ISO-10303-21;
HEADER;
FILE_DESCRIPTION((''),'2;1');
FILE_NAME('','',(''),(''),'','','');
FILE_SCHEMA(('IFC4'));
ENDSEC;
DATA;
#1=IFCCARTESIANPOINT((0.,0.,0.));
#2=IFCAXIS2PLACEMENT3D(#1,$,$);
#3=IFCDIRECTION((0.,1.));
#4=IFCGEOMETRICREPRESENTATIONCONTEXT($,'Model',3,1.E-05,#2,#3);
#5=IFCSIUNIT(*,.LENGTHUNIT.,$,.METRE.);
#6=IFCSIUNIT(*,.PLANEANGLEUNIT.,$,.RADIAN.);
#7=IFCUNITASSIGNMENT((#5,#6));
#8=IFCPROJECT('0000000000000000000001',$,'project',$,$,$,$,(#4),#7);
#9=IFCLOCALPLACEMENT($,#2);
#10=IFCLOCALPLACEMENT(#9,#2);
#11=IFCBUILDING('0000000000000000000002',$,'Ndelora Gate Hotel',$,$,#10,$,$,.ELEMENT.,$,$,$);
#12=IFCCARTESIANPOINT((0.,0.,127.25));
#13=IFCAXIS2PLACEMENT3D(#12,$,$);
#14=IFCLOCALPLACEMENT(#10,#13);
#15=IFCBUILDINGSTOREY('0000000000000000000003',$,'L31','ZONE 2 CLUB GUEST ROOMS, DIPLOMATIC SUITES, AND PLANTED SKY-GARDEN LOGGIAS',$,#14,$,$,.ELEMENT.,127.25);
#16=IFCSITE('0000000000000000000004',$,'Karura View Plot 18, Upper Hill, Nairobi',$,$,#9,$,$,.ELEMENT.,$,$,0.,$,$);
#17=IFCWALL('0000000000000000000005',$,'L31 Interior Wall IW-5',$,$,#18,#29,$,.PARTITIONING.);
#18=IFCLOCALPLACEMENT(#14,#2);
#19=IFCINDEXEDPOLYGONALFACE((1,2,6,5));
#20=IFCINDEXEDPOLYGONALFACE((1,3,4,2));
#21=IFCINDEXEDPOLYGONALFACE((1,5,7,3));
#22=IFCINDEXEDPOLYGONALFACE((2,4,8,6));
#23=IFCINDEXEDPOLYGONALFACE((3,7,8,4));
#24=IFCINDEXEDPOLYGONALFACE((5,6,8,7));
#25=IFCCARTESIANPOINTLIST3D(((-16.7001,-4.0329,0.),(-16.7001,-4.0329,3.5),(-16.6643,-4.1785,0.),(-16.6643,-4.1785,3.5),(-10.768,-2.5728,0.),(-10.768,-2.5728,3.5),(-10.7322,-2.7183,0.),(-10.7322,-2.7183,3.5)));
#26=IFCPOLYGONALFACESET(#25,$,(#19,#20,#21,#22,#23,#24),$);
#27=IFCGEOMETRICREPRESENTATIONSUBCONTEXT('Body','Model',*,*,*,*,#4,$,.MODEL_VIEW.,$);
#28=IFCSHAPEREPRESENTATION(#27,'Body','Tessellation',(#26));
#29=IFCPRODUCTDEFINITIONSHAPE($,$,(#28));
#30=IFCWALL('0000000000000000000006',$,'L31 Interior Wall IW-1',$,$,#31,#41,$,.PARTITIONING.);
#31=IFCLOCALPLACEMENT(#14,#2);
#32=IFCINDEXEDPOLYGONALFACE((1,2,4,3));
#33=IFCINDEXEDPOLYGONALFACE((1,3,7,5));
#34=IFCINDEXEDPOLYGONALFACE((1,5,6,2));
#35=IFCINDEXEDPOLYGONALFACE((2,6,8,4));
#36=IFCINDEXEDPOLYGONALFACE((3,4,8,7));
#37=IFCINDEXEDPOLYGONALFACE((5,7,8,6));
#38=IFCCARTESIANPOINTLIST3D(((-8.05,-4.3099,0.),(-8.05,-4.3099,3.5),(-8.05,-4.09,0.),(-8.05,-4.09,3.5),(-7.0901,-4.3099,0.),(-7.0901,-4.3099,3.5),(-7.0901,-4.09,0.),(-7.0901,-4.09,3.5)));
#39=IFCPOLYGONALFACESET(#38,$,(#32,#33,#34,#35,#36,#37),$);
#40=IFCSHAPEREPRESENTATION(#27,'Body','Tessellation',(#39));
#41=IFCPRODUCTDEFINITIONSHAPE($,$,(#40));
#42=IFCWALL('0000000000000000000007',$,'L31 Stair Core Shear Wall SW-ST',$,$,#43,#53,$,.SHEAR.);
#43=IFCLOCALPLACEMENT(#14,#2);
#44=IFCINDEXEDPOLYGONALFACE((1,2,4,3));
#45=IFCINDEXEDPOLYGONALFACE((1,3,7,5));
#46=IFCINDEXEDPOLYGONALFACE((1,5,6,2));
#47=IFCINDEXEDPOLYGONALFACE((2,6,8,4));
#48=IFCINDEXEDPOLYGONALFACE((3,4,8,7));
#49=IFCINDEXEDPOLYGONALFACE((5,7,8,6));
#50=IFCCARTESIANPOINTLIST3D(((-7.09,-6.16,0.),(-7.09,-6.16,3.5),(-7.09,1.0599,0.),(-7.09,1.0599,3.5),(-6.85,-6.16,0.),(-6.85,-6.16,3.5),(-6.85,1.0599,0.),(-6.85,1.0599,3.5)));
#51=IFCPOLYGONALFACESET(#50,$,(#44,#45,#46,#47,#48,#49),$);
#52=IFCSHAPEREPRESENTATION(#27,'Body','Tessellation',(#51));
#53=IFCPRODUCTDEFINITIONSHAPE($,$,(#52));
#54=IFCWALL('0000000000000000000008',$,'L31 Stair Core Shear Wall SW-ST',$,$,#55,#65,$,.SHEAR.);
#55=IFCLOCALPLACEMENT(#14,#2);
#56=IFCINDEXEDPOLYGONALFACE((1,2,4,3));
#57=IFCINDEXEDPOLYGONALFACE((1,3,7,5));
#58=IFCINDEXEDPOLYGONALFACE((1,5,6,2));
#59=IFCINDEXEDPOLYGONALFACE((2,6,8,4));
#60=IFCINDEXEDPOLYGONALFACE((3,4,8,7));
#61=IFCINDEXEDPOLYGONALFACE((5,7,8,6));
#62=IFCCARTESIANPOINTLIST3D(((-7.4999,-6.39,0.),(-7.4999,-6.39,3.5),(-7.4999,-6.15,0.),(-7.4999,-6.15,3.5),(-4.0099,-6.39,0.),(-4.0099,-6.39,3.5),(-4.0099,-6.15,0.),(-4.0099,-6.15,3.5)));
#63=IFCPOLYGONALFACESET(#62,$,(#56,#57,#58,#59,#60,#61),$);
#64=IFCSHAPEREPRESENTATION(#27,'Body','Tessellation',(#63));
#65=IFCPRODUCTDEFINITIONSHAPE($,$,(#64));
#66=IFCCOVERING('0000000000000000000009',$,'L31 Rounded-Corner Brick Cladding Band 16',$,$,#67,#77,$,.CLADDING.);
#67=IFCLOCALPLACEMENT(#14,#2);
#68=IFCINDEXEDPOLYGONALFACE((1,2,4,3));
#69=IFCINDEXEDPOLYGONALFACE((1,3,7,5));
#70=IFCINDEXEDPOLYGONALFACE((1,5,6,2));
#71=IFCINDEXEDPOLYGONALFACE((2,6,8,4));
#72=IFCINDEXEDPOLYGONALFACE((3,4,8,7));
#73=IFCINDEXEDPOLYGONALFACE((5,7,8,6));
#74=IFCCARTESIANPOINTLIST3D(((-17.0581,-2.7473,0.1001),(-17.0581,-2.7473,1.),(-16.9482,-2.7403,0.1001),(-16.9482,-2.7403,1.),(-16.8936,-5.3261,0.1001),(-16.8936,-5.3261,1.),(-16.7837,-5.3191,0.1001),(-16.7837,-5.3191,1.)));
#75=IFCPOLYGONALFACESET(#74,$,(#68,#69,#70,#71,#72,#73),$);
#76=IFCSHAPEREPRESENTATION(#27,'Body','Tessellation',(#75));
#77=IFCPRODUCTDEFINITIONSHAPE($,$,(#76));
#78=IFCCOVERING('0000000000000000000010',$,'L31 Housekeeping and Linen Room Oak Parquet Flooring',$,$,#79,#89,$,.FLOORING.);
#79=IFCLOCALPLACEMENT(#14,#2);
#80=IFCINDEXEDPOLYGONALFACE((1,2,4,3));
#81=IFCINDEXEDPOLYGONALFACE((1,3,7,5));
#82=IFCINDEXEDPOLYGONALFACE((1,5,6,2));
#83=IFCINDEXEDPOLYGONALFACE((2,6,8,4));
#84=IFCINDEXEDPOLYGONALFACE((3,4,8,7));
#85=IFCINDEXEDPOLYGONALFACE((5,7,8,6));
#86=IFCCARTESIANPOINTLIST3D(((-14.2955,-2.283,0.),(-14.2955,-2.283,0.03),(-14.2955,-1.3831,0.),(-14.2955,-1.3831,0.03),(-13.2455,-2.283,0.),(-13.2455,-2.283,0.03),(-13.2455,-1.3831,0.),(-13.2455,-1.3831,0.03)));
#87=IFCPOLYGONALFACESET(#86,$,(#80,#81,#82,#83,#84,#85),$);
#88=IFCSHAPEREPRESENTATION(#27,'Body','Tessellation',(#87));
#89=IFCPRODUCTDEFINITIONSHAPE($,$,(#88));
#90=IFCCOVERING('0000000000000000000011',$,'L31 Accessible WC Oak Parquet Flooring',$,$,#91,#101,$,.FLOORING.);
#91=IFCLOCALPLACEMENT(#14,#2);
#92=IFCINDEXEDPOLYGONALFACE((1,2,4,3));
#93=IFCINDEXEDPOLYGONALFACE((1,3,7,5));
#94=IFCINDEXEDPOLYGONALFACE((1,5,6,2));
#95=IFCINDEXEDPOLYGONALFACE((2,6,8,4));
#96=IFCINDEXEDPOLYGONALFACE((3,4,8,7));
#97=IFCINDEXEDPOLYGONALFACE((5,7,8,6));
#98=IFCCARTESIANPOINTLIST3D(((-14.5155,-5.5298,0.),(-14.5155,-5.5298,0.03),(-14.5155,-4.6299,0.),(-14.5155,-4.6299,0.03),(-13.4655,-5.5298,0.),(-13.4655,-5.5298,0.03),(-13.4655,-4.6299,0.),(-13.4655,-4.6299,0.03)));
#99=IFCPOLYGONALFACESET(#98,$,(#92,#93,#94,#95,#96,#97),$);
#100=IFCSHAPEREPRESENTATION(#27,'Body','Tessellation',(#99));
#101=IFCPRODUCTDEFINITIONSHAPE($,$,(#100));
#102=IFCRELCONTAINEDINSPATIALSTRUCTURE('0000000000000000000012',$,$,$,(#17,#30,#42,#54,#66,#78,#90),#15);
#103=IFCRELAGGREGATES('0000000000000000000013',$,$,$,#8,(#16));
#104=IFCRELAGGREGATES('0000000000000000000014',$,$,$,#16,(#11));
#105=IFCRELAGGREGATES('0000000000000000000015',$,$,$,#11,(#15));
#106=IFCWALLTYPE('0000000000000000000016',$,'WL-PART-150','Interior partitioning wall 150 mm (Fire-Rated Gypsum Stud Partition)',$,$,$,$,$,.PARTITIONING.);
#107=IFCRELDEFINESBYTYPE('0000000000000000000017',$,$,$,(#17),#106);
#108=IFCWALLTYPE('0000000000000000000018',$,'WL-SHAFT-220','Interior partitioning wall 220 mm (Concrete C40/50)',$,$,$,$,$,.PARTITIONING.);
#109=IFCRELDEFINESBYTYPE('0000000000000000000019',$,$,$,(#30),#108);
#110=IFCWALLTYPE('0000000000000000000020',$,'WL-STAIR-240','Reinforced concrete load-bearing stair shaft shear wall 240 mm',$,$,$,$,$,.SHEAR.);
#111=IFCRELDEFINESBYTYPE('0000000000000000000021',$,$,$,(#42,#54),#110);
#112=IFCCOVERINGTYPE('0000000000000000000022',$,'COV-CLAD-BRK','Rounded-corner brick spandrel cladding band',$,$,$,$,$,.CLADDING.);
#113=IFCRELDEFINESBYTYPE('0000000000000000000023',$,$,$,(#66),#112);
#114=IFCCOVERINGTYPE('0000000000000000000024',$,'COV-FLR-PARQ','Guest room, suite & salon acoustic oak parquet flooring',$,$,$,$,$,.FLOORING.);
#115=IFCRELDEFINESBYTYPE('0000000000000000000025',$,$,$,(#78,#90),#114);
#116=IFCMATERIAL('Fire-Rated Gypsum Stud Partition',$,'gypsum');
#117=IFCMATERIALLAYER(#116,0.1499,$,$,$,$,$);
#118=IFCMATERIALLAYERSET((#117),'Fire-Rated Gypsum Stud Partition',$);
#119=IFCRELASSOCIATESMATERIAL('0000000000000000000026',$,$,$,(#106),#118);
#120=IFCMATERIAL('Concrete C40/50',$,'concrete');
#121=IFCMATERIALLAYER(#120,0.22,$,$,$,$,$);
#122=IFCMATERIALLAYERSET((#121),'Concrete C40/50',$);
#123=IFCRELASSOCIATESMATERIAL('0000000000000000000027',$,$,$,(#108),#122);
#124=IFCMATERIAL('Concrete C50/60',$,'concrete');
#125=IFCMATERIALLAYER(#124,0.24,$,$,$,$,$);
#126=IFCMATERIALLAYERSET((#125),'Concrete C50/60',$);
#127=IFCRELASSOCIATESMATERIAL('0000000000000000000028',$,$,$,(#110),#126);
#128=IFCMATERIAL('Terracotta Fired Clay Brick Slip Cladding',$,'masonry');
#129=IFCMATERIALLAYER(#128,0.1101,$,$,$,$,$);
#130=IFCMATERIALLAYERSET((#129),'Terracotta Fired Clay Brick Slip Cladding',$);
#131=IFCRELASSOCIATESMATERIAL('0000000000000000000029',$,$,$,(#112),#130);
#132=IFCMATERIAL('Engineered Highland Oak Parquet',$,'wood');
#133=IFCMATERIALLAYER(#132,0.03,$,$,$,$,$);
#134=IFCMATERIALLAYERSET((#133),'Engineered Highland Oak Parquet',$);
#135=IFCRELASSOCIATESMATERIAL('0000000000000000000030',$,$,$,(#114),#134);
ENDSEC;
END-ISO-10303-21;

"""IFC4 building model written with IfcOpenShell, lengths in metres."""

from ifc_helpers import new_model, si_unit, direction, frame, frame_2d, origin, origin_2d, place, context, subcontext, project, spatial, rectangle, extrude, material, layer, layer_set, type_object, element, save


model = new_model("IFC4")

# Units and contexts
model_context = context("Model", 3, precision=1e-05, world=origin(), true_north=direction((0.0, 1.0)))
body_context = subcontext(model_context, "Body", "Model", "MODEL_VIEW")
ifc_project = project(units=[si_unit("LENGTHUNIT", "METRE"), si_unit("PLANEANGLEUNIT", "RADIAN")], contexts=[model_context])

# Site, building, storey
site_placement = place(None, origin())
site = spatial("IfcSite", under=ifc_project, at=site_placement, Name="Karura View Plot 18, Upper Hill, Nairobi", CompositionType="ELEMENT", RefElevation=0.0)
building_placement = place(site_placement, origin())
building = spatial("IfcBuilding", under=site, at=building_placement, Name="Ndelora Gate Hotel", CompositionType="ELEMENT")
storey_placement = place(building_placement, frame((0.0, 0.0, 127.25)))
storey = spatial("IfcBuildingStorey", under=building, at=storey_placement, Name="L31", Description="ZONE 2 CLUB GUEST ROOMS, DIPLOMATIC SUITES, AND PLANTED SKY-GARDEN LOGGIAS", CompositionType="ELEMENT", Elevation=127.25)

# Shared definitions
ifc_material_1 = material(Name="Fire-Rated Gypsum Stud Partition", Category="gypsum")
ifc_layer_1 = layer(ifc_material_1, 0.1499)
ifc_layer_set_1 = layer_set([ifc_layer_1], Name="Fire-Rated Gypsum Stud Partition")
wall_type_1 = type_object("IfcWallType", Name="WL-PART-150", Description="Interior partitioning wall 150 mm (Fire-Rated Gypsum Stud Partition)", PredefinedType="PARTITIONING", material=ifc_layer_set_1)

# Walls
wall_1_placement = place(storey_placement, frame((-10.75, -2.6455, 0.0), z_axis=(0.0, 0.0, 1.0), x_axis=(-0.971015, -0.239017, 0.0)))
element("IfcWall", 1, at=wall_1_placement, inside=storey, type_object=wall_type_1, Name="L31 Interior Wall IW-5", PredefinedType="PARTITIONING", context=body_context, shape_type="SweptSolid", body=[
    extrude(rectangle(XDim=6.1091, YDim=0.1499, at=frame_2d((3.0547, 0.0))), origin(), (0.0, 0.0, 1.0), 3.5),
])
ifc_material_2 = material(Name="Concrete C40/50", Category="concrete")
ifc_layer_2 = layer(ifc_material_2, 0.22)
ifc_layer_set_2 = layer_set([ifc_layer_2], Name="Concrete C40/50")
wall_type_2 = type_object("IfcWallType", Name="WL-SHAFT-220", Description="Interior partitioning wall 220 mm (Concrete C40/50)", PredefinedType="PARTITIONING", material=ifc_layer_set_2)
wall_2_placement = place(storey_placement, frame((-8.05, -4.2, 0.0), z_axis=(0.0, 0.0, 1.0), x_axis=(1.0, 0.0, 0.0)))
element("IfcWall", 2, at=wall_2_placement, inside=storey, type_object=wall_type_2, Name="L31 Interior Wall IW-1", PredefinedType="PARTITIONING", context=body_context, shape_type="SweptSolid", body=[
    extrude(rectangle(XDim=0.96, YDim=0.22, at=frame_2d((0.48, 0.0))), origin(), (0.0, 0.0, 1.0), 3.5),
])
ifc_material_3 = material(Name="Concrete C50/60", Category="concrete")
ifc_layer_3 = layer(ifc_material_3, 0.24)
ifc_layer_set_3 = layer_set([ifc_layer_3], Name="Concrete C50/60")
wall_type_3 = type_object("IfcWallType", Name="WL-STAIR-240", Description="Reinforced concrete load-bearing stair shaft shear wall 240 mm", PredefinedType="SHEAR", material=ifc_layer_set_3)
wall_3_placement = place(storey_placement, frame((-6.97, -6.1599, 0.0), z_axis=(0.0, 0.0, 1.0), x_axis=(0.0, 1.0, 0.0)))
element("IfcWall", 3, at=wall_3_placement, inside=storey, type_object=wall_type_3, Name="L31 Stair Core Shear Wall SW-ST", PredefinedType="SHEAR", context=body_context, shape_type="SweptSolid", body=[
    extrude(rectangle(XDim=7.22, YDim=0.24, at=frame_2d((3.6099, 0.0))), origin(), (0.0, 0.0, 1.0), 3.5),
])
wall_4_placement = place(storey_placement, frame((-7.5, -6.27, 0.0), z_axis=(0.0, 0.0, 1.0), x_axis=(1.0, 0.0, 0.0)))
element("IfcWall", 4, at=wall_4_placement, inside=storey, type_object=wall_type_3, Name="L31 Stair Core Shear Wall SW-ST", PredefinedType="SHEAR", context=body_context, shape_type="SweptSolid", body=[
    extrude(rectangle(XDim=3.49, YDim=0.24, at=frame_2d((1.7451, 0.0))), origin(), (0.0, 0.0, 1.0), 3.5),
])

# Coverings
ifc_material_4 = material(Name="Terracotta Fired Clay Brick Slip Cladding", Category="masonry")
ifc_layer_4 = layer(ifc_material_4, 0.1101)
ifc_layer_set_4 = layer_set([ifc_layer_4], Name="Terracotta Fired Clay Brick Slip Cladding")
covering_type_1 = type_object("IfcCoveringType", Name="COV-CLAD-BRK", Description="Rounded-corner brick spandrel cladding band", PredefinedType="CLADDING", material=ifc_layer_set_4)
covering_placement = place(storey_placement, frame((-16.9209, -4.0332, 0.1001), z_axis=(0.0, 0.0, 1.0), x_axis=(-0.063661, 0.997972, 0.0)))
element("IfcCovering", 5, at=covering_placement, inside=storey, type_object=covering_type_1, Name="L31 Rounded-Corner Brick Cladding Band 16", PredefinedType="CLADDING", context=body_context, shape_type="SweptSolid", body=[
    extrude(rectangle(XDim=2.584, YDim=0.1101, at=origin_2d()), origin(), (0.0, 0.0, 1.0), 0.8999),
])
ifc_material_5 = material(Name="Engineered Highland Oak Parquet", Category="wood")
ifc_layer_5 = layer(ifc_material_5, 0.03)
ifc_layer_set_5 = layer_set([ifc_layer_5], Name="Engineered Highland Oak Parquet")
covering_type_2 = type_object("IfcCoveringType", Name="COV-FLR-PARQ", Description="Guest room, suite & salon acoustic oak parquet flooring", PredefinedType="FLOORING", material=ifc_layer_set_5)
for number, where, z_axis, x_axis, name in (
    (6, (-13.7705, -1.833, 0.0), (0.0, 0.0, 1.0), (1.0, 0.0, 0.0), "L31 Housekeeping and Linen Room Oak Parquet Flooring"),
    (7, (-13.9905, -5.0798, 0.0), (0.0, 0.0, 1.0), (1.0, 0.0, 0.0), "L31 Accessible WC Oak Parquet Flooring"),
):
    element("IfcCovering", number, at=place(storey_placement, frame(where, z_axis=z_axis, x_axis=x_axis)), inside=storey, type_object=covering_type_2, Name=name, PredefinedType="FLOORING", context=body_context, shape_type="SweptSolid", body=[
        extrude(rectangle(XDim=1.05, YDim=0.8999, at=origin_2d()), origin(), (0.0, 0.0, 1.0), 0.03),
    ])

save(model, "model.ifc")
